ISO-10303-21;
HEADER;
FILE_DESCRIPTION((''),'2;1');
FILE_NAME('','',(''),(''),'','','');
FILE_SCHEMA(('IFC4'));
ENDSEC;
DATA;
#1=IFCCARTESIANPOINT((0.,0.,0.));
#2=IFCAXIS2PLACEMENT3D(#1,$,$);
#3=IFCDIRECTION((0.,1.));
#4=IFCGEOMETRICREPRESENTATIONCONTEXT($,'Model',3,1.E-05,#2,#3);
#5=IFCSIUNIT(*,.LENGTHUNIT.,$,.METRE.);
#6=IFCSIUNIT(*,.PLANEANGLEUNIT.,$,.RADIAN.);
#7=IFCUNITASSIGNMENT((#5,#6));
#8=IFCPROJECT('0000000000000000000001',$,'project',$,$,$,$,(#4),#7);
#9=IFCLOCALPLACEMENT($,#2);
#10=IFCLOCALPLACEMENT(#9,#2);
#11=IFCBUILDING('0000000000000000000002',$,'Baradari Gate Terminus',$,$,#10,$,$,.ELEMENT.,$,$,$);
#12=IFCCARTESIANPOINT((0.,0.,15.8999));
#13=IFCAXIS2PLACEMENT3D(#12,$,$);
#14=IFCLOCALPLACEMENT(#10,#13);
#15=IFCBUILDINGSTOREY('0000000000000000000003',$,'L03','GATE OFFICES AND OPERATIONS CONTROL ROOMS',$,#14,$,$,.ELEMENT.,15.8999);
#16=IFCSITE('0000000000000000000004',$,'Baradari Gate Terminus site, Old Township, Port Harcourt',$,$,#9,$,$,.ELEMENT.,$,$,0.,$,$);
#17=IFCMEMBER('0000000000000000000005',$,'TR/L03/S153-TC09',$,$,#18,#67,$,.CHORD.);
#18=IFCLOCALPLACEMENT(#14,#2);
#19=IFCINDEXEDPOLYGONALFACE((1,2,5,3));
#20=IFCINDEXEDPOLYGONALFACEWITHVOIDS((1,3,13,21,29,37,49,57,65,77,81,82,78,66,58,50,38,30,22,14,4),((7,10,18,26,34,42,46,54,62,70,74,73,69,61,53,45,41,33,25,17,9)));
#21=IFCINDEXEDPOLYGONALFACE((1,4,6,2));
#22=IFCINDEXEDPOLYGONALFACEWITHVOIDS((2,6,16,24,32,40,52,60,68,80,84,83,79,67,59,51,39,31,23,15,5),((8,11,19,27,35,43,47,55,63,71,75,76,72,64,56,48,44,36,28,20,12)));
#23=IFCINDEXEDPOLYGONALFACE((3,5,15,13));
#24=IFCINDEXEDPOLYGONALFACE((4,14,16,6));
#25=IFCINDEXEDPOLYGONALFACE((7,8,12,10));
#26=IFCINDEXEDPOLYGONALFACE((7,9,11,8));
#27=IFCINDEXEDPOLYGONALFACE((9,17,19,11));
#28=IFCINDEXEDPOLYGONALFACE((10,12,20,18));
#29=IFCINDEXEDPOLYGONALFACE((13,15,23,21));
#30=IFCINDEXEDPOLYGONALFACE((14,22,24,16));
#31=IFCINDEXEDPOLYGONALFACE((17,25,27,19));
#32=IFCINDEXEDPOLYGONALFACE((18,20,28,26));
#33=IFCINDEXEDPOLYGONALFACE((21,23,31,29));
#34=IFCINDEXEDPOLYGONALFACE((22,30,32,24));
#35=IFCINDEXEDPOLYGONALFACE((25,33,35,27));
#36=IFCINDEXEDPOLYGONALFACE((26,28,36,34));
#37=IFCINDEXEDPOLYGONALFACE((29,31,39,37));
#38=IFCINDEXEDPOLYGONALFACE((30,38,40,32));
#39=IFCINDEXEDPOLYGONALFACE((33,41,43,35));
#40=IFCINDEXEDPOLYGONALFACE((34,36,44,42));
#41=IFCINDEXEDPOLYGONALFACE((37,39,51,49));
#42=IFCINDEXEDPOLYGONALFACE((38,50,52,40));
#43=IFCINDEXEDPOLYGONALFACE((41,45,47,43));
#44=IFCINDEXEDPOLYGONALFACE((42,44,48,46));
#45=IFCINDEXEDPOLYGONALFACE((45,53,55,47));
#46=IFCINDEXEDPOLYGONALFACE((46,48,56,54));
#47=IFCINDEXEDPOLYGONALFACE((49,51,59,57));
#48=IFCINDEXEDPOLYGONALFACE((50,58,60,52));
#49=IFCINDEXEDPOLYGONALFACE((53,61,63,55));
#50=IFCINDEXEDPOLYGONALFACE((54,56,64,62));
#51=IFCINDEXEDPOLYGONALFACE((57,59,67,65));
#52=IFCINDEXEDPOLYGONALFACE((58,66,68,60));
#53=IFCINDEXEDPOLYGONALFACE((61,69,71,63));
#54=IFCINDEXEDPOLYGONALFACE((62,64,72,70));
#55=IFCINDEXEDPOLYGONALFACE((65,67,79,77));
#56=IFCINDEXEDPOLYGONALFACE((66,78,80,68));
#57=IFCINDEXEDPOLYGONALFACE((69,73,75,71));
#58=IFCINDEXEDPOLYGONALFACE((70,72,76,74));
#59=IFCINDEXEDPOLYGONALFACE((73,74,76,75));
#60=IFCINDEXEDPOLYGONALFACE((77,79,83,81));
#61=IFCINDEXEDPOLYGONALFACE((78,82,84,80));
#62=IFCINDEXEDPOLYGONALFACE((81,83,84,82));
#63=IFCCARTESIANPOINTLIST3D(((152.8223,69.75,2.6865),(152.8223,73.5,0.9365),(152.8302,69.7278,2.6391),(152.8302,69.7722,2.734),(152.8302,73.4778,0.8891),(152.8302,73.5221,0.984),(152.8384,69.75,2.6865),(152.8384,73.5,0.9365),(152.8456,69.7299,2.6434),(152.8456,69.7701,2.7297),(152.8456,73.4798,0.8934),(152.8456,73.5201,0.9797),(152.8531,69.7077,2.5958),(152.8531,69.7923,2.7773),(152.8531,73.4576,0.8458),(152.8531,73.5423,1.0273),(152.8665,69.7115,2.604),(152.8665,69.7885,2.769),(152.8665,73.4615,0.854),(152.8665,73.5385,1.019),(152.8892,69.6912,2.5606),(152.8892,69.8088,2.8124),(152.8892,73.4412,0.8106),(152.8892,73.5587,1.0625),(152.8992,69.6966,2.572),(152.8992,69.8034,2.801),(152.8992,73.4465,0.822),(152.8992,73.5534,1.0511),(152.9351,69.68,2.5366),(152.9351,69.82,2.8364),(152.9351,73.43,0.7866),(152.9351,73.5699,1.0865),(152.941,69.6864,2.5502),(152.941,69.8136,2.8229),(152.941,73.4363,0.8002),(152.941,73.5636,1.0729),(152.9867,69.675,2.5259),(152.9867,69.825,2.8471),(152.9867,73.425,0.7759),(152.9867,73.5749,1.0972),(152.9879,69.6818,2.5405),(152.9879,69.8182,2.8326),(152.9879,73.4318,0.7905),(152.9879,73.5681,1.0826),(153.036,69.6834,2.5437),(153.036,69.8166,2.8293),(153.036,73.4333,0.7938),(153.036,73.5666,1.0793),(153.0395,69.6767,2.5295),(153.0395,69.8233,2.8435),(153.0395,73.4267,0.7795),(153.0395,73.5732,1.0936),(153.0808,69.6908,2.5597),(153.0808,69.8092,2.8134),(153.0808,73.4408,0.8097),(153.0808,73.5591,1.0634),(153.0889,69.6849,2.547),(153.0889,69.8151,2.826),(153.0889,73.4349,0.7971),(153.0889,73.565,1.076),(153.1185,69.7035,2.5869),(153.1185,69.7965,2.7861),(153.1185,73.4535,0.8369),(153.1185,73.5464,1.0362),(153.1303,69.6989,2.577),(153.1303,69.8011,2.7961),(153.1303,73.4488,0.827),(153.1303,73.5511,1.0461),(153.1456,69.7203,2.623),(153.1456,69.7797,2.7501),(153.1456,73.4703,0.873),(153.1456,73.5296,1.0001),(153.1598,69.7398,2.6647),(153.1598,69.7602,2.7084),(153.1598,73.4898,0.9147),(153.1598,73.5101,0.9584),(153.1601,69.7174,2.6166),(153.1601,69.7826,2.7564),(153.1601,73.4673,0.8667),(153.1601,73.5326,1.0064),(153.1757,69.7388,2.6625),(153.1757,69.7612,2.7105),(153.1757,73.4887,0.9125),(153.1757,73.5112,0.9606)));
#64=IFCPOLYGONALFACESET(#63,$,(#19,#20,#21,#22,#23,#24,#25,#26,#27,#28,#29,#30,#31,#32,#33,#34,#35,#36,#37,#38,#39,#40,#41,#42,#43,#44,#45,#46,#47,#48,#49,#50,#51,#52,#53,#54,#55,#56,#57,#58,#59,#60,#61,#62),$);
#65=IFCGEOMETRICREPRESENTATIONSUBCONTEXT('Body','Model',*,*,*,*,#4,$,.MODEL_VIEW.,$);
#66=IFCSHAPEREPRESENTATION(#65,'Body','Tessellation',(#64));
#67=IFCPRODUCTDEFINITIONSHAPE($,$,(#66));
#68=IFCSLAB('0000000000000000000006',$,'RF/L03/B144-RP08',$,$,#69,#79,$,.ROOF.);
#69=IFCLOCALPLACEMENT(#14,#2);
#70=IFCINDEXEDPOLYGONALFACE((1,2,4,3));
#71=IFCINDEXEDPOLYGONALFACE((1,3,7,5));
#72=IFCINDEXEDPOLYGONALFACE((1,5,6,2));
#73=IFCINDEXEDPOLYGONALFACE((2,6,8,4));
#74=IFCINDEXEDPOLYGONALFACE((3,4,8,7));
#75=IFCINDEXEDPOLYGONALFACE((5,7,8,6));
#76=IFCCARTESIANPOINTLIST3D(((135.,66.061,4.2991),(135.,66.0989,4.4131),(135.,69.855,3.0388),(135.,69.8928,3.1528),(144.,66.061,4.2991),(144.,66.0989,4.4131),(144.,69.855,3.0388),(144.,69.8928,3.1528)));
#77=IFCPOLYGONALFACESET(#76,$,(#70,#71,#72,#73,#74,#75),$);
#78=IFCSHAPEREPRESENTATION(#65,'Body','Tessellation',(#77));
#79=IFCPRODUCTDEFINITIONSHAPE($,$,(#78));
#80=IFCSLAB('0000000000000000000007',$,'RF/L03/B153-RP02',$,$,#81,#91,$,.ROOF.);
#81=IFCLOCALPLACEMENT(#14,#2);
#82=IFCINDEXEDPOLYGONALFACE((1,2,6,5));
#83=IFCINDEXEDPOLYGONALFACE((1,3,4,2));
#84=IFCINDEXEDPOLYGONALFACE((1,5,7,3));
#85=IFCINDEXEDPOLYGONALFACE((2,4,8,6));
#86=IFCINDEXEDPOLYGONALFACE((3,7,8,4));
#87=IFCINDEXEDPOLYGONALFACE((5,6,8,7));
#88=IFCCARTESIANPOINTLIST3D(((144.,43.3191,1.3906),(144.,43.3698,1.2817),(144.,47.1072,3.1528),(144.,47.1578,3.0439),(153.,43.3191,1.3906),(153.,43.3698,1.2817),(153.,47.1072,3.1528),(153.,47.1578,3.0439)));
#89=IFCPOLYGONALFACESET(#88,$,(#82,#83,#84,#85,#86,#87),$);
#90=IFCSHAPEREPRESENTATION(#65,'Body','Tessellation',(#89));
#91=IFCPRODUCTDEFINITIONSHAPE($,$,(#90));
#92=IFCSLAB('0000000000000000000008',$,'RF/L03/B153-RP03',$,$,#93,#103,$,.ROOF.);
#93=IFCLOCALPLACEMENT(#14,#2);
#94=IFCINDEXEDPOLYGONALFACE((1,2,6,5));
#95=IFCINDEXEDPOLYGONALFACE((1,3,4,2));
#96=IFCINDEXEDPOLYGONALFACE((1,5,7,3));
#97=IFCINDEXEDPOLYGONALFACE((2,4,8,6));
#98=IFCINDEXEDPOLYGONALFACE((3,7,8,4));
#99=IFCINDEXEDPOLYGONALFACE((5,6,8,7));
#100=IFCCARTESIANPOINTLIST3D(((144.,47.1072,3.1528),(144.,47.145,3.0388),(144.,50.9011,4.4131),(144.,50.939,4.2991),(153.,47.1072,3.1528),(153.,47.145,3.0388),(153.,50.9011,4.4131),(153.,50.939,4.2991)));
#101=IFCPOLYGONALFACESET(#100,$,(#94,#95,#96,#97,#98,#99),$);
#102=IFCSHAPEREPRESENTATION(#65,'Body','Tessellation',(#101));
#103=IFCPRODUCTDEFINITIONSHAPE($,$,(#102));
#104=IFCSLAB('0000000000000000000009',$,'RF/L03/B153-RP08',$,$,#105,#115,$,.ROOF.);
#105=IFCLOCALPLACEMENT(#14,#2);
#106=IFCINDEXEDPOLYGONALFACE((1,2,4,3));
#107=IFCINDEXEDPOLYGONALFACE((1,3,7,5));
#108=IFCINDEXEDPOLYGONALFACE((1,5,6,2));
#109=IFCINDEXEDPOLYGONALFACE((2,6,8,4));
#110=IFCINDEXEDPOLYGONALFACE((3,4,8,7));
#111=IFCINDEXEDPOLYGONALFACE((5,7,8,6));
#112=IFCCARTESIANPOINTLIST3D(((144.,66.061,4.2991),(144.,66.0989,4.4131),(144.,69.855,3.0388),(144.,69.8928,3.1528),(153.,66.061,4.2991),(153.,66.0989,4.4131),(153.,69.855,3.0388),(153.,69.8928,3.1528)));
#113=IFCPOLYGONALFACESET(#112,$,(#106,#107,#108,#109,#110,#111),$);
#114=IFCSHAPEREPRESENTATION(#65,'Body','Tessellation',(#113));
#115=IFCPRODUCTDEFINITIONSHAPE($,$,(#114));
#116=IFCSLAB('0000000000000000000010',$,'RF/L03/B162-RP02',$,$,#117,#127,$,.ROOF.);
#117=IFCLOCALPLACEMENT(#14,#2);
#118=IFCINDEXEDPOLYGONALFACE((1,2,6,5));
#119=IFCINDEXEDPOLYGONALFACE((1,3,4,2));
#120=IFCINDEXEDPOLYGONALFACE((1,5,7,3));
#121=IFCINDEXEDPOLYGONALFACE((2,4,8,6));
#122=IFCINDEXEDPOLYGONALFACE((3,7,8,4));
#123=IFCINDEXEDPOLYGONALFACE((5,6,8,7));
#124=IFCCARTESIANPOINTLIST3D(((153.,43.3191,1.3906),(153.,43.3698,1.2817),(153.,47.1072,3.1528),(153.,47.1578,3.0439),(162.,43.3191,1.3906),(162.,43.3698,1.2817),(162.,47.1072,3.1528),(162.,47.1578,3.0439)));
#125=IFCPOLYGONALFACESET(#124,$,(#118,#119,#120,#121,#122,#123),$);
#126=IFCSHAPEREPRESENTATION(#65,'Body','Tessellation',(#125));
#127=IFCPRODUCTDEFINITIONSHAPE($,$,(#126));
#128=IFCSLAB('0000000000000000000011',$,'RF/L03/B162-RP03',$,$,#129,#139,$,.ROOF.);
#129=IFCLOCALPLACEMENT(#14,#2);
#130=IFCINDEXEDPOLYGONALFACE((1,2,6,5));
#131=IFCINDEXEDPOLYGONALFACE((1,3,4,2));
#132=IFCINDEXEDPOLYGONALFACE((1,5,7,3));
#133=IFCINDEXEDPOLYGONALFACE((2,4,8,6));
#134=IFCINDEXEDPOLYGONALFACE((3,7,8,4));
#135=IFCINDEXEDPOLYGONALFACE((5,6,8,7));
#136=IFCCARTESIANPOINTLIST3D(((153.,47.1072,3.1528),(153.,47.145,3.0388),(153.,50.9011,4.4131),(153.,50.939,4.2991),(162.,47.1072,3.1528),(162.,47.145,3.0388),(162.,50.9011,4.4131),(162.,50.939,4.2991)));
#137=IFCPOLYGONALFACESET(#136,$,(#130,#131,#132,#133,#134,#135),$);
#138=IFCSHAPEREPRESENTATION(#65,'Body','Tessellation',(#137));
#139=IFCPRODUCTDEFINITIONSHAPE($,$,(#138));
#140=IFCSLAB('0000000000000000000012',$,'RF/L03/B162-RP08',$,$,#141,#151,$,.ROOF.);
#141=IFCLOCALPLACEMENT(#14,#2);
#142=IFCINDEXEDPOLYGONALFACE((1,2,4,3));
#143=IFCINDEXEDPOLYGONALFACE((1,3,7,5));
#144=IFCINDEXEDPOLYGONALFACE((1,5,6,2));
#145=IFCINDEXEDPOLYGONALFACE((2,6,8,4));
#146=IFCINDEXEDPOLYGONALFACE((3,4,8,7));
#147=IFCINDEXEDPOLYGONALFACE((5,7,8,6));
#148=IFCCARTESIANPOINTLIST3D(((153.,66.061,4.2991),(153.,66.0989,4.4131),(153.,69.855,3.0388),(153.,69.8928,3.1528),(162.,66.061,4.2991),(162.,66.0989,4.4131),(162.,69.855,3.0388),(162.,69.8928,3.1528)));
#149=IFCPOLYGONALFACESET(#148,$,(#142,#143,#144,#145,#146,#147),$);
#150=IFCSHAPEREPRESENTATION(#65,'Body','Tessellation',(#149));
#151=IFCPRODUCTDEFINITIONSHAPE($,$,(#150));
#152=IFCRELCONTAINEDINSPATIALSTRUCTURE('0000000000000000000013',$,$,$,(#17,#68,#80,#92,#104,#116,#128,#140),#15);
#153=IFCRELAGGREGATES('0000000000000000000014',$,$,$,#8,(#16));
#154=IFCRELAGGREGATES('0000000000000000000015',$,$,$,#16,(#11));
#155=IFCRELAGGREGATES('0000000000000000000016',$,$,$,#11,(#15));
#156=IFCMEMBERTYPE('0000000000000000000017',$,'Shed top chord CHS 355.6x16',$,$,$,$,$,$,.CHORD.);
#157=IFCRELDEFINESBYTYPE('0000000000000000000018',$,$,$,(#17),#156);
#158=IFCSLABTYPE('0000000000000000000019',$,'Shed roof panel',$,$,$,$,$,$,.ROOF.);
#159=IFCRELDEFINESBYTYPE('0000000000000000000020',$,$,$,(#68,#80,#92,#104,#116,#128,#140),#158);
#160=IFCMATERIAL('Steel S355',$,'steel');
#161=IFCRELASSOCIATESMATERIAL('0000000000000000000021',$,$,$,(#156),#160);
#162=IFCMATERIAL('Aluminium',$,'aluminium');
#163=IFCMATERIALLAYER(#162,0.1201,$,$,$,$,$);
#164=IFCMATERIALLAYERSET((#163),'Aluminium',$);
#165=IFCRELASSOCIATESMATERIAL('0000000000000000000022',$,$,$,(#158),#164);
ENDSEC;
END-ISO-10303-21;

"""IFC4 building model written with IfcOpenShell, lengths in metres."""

from ifc_helpers import new_model, si_unit, direction, frame, origin, origin_2d, place, context, subcontext, project, spatial, polyline, hollow_circle, outline, extrude, material, layer, layer_set, material_profile, profile_set, type_object, element, save


model = new_model("IFC4")

# Units and contexts
model_context = context("Model", 3, precision=1e-05, world=origin(), true_north=direction((0.0, 1.0)))
body_context = subcontext(model_context, "Body", "Model", "MODEL_VIEW")
ifc_project = project(units=[si_unit("LENGTHUNIT", "METRE"), si_unit("PLANEANGLEUNIT", "RADIAN")], contexts=[model_context])

# Site, building, storey
site_placement = place(None, origin())
site = spatial("IfcSite", under=ifc_project, at=site_placement, Name="Baradari Gate Terminus site, Old Township, Port Harcourt", CompositionType="ELEMENT", RefElevation=0.0)
building_placement = place(site_placement, origin())
building = spatial("IfcBuilding", under=site, at=building_placement, Name="Baradari Gate Terminus", CompositionType="ELEMENT")
storey_placement = place(building_placement, frame((0.0, 0.0, 15.8999)))
storey = spatial("IfcBuildingStorey", under=building, at=storey_placement, Name="L03", Description="GATE OFFICES AND OPERATIONS CONTROL ROOMS", CompositionType="ELEMENT", Elevation=15.8999)

# Member
ifc_material_1 = material(Name="Steel S355", Category="steel")
ifc_material_profile_1 = material_profile(ifc_material_1, hollow_circle(Radius=0.1777, WallThickness=0.0161, at=origin_2d()), Name="CHS 355.6x16")
ifc_profile_set_1 = profile_set([ifc_material_profile_1], Name="Steel S355")
member_type_1 = type_object("IfcMemberType", Name="Shed top chord CHS 355.6x16", PredefinedType="CHORD", material=ifc_profile_set_1)
member_placement = place(storey_placement, frame((153.0, 69.75, 2.6865), z_axis=(0.0, 0.906183, -0.422885), x_axis=(-1.0, 0.0, 0.0)))
element("IfcMember", 1, at=member_placement, inside=storey, type_object=member_type_1, Name="TR/L03/S153-TC09", PredefinedType="CHORD", context=body_context, shape_type="SweptSolid", body=[
    extrude(hollow_circle(Radius=0.1777, WallThickness=0.0161, at=origin_2d()), origin(), (0.0, 0.0, 1.0), 4.1382),
])

# Slabs
ifc_material_2 = material(Name="Aluminium", Category="aluminium")
ifc_layer = layer(ifc_material_2, 0.1201)
ifc_layer_set = layer_set([ifc_layer], Name="Aluminium")
slab_type = type_object("IfcSlabType", Name="Shed roof panel", PredefinedType="ROOF", material=ifc_layer_set)
slab_1_placement = place(storey_placement, frame((135.0, 66.0989, 4.4131), z_axis=(0.0, 0.315238, 0.949013), x_axis=(1.0, 0.0, 0.0)))
element("IfcSlab", 2, at=slab_1_placement, inside=storey, type_object=slab_type, Name="RF/L03/B144-RP08", PredefinedType="ROOF", context=body_context, shape_type="SweptSolid", body=[
    extrude(outline(polyline([(0.0, 0.0), (9.0, 0.0), (9.0, 3.9978), (0.0, 3.9978), (0.0, 0.0)])), origin(), (0.0, 0.0, -1.0), 0.1201),
])
slab_2_placement = place(storey_placement, frame((144.0, 43.3191, 1.3906), z_axis=(0.0, -0.421791, 0.906693), x_axis=(1.0, 0.0, 0.0)))
element("IfcSlab", 3, at=slab_2_placement, inside=storey, type_object=slab_type, Name="RF/L03/B153-RP02", PredefinedType="ROOF", context=body_context, shape_type="SweptSolid", body=[
    extrude(outline(polyline([(0.0, 0.0), (9.0, 0.0), (9.0, 4.1779), (0.0, 4.1779), (0.0, 0.0)])), origin(), (0.0, 0.0, -1.0), 0.1201),
])
for number, where, z_axis, x_axis, name in (
    (4, (144.0, 47.1072, 3.1528), (0.0, -0.315238, 0.949013), (1.0, 0.0, 0.0), "RF/L03/B153-RP03"),
    (5, (144.0, 66.0989, 4.4131), (0.0, 0.315238, 0.949013), (1.0, 0.0, 0.0), "RF/L03/B153-RP08"),
):
    element("IfcSlab", number, at=place(storey_placement, frame(where, z_axis=z_axis, x_axis=x_axis)), inside=storey, type_object=slab_type, Name=name, PredefinedType="ROOF", context=body_context, shape_type="SweptSolid", body=[
        extrude(outline(polyline([(0.0, 0.0), (9.0, 0.0), (9.0, 3.9978), (0.0, 3.9978), (0.0, 0.0)])), origin(), (0.0, 0.0, -1.0), 0.1201),
    ])
slab_3_placement = place(storey_placement, frame((153.0, 43.3191, 1.3906), z_axis=(0.0, -0.421791, 0.906693), x_axis=(1.0, 0.0, 0.0)))
element("IfcSlab", 6, at=slab_3_placement, inside=storey, type_object=slab_type, Name="RF/L03/B162-RP02", PredefinedType="ROOF", context=body_context, shape_type="SweptSolid", body=[
    extrude(outline(polyline([(0.0, 0.0), (9.0, 0.0), (9.0, 4.1779), (0.0, 4.1779), (0.0, 0.0)])), origin(), (0.0, 0.0, -1.0), 0.1201),
])
for number, where, z_axis, x_axis, name in (
    (7, (153.0, 47.1072, 3.1528), (0.0, -0.315238, 0.949013), (1.0, 0.0, 0.0), "RF/L03/B162-RP03"),
    (8, (153.0, 66.0989, 4.4131), (0.0, 0.315238, 0.949013), (1.0, 0.0, 0.0), "RF/L03/B162-RP08"),
):
    element("IfcSlab", number, at=place(storey_placement, frame(where, z_axis=z_axis, x_axis=x_axis)), inside=storey, type_object=slab_type, Name=name, PredefinedType="ROOF", context=body_context, shape_type="SweptSolid", body=[
        extrude(outline(polyline([(0.0, 0.0), (9.0, 0.0), (9.0, 3.9978), (0.0, 3.9978), (0.0, 0.0)])), origin(), (0.0, 0.0, -1.0), 0.1201),
    ])

save(model, "model.ifc")
